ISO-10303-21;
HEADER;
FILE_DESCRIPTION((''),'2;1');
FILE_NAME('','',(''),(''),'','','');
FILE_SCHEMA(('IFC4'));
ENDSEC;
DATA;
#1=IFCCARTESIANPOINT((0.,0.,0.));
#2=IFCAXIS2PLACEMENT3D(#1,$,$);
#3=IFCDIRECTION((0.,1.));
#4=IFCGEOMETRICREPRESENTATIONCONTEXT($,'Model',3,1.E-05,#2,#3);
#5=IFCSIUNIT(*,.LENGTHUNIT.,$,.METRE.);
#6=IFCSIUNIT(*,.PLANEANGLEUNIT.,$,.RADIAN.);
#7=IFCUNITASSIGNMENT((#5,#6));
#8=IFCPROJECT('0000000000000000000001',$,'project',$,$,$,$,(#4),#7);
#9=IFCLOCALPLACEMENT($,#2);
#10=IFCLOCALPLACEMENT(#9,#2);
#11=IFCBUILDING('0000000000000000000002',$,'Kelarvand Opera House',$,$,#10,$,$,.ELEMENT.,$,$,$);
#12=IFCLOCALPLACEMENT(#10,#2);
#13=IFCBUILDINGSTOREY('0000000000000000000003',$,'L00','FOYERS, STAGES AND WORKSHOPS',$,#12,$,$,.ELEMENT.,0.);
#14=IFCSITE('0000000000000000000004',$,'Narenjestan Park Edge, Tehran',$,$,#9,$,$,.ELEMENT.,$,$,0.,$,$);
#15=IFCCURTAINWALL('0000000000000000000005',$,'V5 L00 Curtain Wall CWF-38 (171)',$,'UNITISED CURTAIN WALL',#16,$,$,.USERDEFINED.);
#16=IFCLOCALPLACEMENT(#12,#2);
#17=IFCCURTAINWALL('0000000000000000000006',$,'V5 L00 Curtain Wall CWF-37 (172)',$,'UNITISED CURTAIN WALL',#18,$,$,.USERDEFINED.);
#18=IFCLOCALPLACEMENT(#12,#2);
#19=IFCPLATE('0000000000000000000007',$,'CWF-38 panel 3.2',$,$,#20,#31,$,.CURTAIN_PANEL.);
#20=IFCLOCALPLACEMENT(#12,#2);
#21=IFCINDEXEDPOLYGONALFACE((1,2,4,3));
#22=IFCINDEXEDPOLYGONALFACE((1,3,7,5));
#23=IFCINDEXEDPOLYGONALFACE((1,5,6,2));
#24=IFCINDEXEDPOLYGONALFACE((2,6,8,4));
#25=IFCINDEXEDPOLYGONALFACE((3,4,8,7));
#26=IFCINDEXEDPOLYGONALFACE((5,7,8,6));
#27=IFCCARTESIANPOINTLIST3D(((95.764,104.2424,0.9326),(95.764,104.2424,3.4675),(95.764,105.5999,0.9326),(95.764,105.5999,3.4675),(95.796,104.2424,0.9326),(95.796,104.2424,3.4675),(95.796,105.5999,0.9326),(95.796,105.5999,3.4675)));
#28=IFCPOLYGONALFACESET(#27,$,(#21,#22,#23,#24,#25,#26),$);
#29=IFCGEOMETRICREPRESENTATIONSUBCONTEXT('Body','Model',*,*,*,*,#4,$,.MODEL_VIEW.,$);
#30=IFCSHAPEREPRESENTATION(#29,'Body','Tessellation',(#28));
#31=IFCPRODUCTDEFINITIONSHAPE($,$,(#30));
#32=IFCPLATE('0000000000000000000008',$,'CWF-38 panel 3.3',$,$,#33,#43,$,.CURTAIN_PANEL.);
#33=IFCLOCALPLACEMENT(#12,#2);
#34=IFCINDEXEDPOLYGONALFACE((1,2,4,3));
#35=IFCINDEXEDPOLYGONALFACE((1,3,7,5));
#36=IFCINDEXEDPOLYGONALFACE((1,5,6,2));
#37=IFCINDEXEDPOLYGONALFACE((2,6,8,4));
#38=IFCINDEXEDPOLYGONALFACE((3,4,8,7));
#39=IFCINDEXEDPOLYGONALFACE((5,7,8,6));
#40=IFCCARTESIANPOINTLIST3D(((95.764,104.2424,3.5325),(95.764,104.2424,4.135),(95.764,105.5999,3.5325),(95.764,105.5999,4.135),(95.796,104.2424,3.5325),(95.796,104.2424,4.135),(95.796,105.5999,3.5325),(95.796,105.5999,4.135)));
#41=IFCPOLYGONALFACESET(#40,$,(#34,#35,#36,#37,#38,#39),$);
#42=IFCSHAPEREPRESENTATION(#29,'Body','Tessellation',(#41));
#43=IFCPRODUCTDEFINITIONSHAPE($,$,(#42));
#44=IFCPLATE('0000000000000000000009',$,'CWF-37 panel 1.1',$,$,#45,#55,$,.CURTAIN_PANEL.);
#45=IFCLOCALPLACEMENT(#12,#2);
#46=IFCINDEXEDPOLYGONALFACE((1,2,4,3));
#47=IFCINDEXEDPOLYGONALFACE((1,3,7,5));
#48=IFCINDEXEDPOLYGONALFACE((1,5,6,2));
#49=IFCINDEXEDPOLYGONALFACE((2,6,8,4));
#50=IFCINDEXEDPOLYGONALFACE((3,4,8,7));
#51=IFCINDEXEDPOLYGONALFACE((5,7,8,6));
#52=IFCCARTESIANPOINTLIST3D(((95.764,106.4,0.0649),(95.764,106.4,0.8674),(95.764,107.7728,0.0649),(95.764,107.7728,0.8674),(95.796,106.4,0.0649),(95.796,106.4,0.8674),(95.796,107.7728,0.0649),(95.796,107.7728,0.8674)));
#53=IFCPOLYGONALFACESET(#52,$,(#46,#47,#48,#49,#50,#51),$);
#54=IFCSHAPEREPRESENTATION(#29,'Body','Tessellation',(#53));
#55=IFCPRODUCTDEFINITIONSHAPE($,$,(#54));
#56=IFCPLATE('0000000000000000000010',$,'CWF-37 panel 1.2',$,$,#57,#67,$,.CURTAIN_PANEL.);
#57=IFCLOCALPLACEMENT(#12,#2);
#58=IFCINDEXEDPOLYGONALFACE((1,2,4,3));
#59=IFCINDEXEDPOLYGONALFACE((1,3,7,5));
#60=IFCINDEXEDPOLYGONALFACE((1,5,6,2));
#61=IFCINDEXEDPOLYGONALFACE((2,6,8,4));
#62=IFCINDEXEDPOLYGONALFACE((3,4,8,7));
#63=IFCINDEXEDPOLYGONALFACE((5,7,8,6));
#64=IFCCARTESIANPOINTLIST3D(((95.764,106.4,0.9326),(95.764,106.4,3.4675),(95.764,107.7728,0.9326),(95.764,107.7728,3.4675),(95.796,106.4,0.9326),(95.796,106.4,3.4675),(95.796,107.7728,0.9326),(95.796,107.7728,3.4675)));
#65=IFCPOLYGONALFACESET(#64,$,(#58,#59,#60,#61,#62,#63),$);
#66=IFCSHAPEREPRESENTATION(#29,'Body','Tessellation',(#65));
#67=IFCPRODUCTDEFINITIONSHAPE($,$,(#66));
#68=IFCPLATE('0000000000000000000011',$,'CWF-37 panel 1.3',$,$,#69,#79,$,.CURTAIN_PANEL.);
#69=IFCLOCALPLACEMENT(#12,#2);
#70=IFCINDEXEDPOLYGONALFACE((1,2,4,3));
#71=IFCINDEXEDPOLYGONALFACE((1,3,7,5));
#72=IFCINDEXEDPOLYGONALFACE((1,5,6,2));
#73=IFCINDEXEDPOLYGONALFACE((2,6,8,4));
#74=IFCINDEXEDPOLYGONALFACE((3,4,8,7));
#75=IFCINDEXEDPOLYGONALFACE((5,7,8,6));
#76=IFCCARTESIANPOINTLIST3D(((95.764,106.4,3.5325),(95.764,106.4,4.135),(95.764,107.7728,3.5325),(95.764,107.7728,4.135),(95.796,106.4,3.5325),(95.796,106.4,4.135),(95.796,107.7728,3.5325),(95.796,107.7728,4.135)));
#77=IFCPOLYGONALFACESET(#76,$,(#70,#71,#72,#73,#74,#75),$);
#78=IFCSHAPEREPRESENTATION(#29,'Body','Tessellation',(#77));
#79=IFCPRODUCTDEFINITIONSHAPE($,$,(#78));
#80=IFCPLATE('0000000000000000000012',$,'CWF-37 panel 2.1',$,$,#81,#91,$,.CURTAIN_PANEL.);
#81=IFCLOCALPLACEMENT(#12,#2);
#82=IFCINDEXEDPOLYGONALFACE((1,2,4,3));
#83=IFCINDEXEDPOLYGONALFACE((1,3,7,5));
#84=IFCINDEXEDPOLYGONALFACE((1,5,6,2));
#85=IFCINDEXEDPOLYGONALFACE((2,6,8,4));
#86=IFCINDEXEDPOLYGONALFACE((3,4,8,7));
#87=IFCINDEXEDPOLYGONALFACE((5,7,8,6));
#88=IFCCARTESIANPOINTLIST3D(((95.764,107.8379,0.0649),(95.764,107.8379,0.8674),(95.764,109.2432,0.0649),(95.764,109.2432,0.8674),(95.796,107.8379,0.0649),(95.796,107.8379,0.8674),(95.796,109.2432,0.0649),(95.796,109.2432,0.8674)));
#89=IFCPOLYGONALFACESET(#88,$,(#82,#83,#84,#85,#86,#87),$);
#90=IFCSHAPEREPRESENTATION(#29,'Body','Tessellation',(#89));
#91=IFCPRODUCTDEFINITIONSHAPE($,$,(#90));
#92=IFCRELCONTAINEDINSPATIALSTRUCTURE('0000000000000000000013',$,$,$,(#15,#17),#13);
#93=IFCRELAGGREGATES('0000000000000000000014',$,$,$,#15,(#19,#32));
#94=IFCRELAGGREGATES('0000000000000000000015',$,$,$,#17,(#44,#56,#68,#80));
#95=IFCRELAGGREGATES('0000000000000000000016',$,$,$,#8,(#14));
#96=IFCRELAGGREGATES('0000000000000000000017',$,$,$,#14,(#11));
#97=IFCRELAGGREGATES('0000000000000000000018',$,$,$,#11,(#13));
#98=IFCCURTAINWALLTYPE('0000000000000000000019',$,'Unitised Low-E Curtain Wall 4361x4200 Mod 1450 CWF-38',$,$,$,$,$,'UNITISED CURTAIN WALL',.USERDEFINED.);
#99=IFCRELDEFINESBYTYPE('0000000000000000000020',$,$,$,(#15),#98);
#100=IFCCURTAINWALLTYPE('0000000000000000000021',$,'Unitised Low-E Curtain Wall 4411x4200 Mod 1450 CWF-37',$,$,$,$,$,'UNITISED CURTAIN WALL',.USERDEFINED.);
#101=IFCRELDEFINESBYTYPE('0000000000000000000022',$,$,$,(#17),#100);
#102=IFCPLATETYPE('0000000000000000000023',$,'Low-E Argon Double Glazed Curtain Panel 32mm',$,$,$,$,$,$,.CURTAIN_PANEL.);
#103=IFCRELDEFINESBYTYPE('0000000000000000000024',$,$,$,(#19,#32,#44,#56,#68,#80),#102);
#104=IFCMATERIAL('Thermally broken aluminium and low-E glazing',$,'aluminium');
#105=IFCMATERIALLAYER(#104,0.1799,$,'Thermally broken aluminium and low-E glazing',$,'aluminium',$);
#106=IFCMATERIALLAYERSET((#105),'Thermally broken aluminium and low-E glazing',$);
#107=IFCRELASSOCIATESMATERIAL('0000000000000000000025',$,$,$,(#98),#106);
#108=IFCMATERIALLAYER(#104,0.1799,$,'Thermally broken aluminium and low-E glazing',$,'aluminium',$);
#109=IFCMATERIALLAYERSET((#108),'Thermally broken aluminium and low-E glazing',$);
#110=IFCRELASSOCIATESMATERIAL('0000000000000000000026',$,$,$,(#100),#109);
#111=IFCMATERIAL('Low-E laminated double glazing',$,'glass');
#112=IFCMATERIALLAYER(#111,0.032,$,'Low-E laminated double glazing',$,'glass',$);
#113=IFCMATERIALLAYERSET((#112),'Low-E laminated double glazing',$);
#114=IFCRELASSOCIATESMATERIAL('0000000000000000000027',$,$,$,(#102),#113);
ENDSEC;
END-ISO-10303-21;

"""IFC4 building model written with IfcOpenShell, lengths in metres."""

from ifc_helpers import new_model, si_unit, direction, frame, origin, origin_2d, place, context, subcontext, project, spatial, rectangle, extrude, material, layer, layer_set, type_object, element, aggregate, save


model = new_model("IFC4")

# Units and contexts
model_context = context("Model", 3, precision=1e-05, world=origin(), true_north=direction((0.0, 1.0)))
body_context = subcontext(model_context, "Body", "Model", "MODEL_VIEW")
ifc_project = project(units=[si_unit("LENGTHUNIT", "METRE"), si_unit("PLANEANGLEUNIT", "RADIAN")], contexts=[model_context])

# Site, building, storey
site_placement = place(None, origin())
site = spatial("IfcSite", under=ifc_project, at=site_placement, Name="Narenjestan Park Edge, Tehran", CompositionType="ELEMENT", RefElevation=0.0)
building_placement = place(site_placement, origin())
building = spatial("IfcBuilding", under=site, at=building_placement, Name="Kelarvand Opera House", CompositionType="ELEMENT")
storey_placement = place(building_placement, origin())
storey = spatial("IfcBuildingStorey", under=building, at=storey_placement, Name="L00", Description="FOYERS, STAGES AND WORKSHOPS", CompositionType="ELEMENT", Elevation=0.0)

# Curtain wall
ifc_material_1 = material(Name="Thermally broken aluminium and low-E glazing", Category="aluminium")
ifc_layer_1 = layer(ifc_material_1, 0.1799, Name="Thermally broken aluminium and low-E glazing", Category="aluminium")
ifc_layer_set_1 = layer_set([ifc_layer_1], Name="Thermally broken aluminium and low-E glazing")
curtain_wall_type_1 = type_object("IfcCurtainWallType", Name="Unitised Low-E Curtain Wall 4361x4200 Mod 1450 CWF-38", ElementType="UNITISED CURTAIN WALL", PredefinedType="USERDEFINED", material=ifc_layer_set_1)
curtain_wall_1_placement = place(storey_placement, origin())
curtain_wall_1 = element("IfcCurtainWall", 1, at=curtain_wall_1_placement, inside=storey, type_object=curtain_wall_type_1, Name="V5 L00 Curtain Wall CWF-38 (171)", ObjectType="UNITISED CURTAIN WALL", PredefinedType="USERDEFINED")

# Curtain wall
ifc_layer_2 = layer(ifc_material_1, 0.1799, Name="Thermally broken aluminium and low-E glazing", Category="aluminium")
ifc_layer_set_2 = layer_set([ifc_layer_2], Name="Thermally broken aluminium and low-E glazing")
curtain_wall_type_2 = type_object("IfcCurtainWallType", Name="Unitised Low-E Curtain Wall 4411x4200 Mod 1450 CWF-37", ElementType="UNITISED CURTAIN WALL", PredefinedType="USERDEFINED", material=ifc_layer_set_2)
curtain_wall_2_placement = place(storey_placement, origin())
curtain_wall_2 = element("IfcCurtainWall", 2, at=curtain_wall_2_placement, inside=storey, type_object=curtain_wall_type_2, Name="V5 L00 Curtain Wall CWF-37 (172)", ObjectType="UNITISED CURTAIN WALL", PredefinedType="USERDEFINED")

# Plates
ifc_material_2 = material(Name="Low-E laminated double glazing", Category="glass")
ifc_layer_3 = layer(ifc_material_2, 0.032, Name="Low-E laminated double glazing", Category="glass")
ifc_layer_set_3 = layer_set([ifc_layer_3], Name="Low-E laminated double glazing")
plate_type = type_object("IfcPlateType", Name="Low-E Argon Double Glazed Curtain Panel 32mm", PredefinedType="CURTAIN_PANEL", material=ifc_layer_set_3)
plate_1_placement = place(storey_placement, frame((95.78, 104.9211, 0.9326), z_axis=(0.0, 0.0, 1.0), x_axis=(0.0, 1.0, 0.0)))
plate_1 = element("IfcPlate", 3, at=plate_1_placement, type_object=plate_type, Name="CWF-38 panel 3.2", PredefinedType="CURTAIN_PANEL", context=body_context, shape_type="SweptSolid", body=[
    extrude(rectangle(XDim=1.3574, YDim=0.032, at=origin_2d()), origin(), (0.0, 0.0, 1.0), 2.5349),
])
plate_2_placement = place(storey_placement, frame((95.78, 104.9211, 3.5325), z_axis=(0.0, 0.0, 1.0), x_axis=(0.0, 1.0, 0.0)))
plate_2 = element("IfcPlate", 4, at=plate_2_placement, type_object=plate_type, Name="CWF-38 panel 3.3", PredefinedType="CURTAIN_PANEL", context=body_context, shape_type="SweptSolid", body=[
    extrude(rectangle(XDim=1.3574, YDim=0.032, at=origin_2d()), origin(), (0.0, 0.0, 1.0), 0.6025),
])
aggregate(curtain_wall_1, [plate_1, plate_2])
plate_3_placement = place(storey_placement, frame((95.78, 107.0864, 0.0649), z_axis=(0.0, 0.0, 1.0), x_axis=(0.0, 1.0, 0.0)))
plate_3 = element("IfcPlate", 5, at=plate_3_placement, type_object=plate_type, Name="CWF-37 panel 1.1", PredefinedType="CURTAIN_PANEL", context=body_context, shape_type="SweptSolid", body=[
    extrude(rectangle(XDim=1.3728, YDim=0.032, at=origin_2d()), origin(), (0.0, 0.0, 1.0), 0.8025),
])
plate_4_placement = place(storey_placement, frame((95.78, 107.0864, 0.9326), z_axis=(0.0, 0.0, 1.0), x_axis=(0.0, 1.0, 0.0)))
plate_4 = element("IfcPlate", 6, at=plate_4_placement, type_object=plate_type, Name="CWF-37 panel 1.2", PredefinedType="CURTAIN_PANEL", context=body_context, shape_type="SweptSolid", body=[
    extrude(rectangle(XDim=1.3728, YDim=0.032, at=origin_2d()), origin(), (0.0, 0.0, 1.0), 2.5349),
])
plate_5_placement = place(storey_placement, frame((95.78, 107.0864, 3.5325), z_axis=(0.0, 0.0, 1.0), x_axis=(0.0, 1.0, 0.0)))
plate_5 = element("IfcPlate", 7, at=plate_5_placement, type_object=plate_type, Name="CWF-37 panel 1.3", PredefinedType="CURTAIN_PANEL", context=body_context, shape_type="SweptSolid", body=[
    extrude(rectangle(XDim=1.3728, YDim=0.032, at=origin_2d()), origin(), (0.0, 0.0, 1.0), 0.6025),
])
plate_6_placement = place(storey_placement, frame((95.78, 108.5405, 0.0649), z_axis=(0.0, 0.0, 1.0), x_axis=(0.0, 1.0, 0.0)))
plate_6 = element("IfcPlate", 8, at=plate_6_placement, type_object=plate_type, Name="CWF-37 panel 2.1", PredefinedType="CURTAIN_PANEL", context=body_context, shape_type="SweptSolid", body=[
    extrude(rectangle(XDim=1.4053, YDim=0.032, at=origin_2d()), origin(), (0.0, 0.0, 1.0), 0.8025),
])
aggregate(curtain_wall_2, [plate_3, plate_4, plate_5, plate_6])

save(model, "model.ifc")
